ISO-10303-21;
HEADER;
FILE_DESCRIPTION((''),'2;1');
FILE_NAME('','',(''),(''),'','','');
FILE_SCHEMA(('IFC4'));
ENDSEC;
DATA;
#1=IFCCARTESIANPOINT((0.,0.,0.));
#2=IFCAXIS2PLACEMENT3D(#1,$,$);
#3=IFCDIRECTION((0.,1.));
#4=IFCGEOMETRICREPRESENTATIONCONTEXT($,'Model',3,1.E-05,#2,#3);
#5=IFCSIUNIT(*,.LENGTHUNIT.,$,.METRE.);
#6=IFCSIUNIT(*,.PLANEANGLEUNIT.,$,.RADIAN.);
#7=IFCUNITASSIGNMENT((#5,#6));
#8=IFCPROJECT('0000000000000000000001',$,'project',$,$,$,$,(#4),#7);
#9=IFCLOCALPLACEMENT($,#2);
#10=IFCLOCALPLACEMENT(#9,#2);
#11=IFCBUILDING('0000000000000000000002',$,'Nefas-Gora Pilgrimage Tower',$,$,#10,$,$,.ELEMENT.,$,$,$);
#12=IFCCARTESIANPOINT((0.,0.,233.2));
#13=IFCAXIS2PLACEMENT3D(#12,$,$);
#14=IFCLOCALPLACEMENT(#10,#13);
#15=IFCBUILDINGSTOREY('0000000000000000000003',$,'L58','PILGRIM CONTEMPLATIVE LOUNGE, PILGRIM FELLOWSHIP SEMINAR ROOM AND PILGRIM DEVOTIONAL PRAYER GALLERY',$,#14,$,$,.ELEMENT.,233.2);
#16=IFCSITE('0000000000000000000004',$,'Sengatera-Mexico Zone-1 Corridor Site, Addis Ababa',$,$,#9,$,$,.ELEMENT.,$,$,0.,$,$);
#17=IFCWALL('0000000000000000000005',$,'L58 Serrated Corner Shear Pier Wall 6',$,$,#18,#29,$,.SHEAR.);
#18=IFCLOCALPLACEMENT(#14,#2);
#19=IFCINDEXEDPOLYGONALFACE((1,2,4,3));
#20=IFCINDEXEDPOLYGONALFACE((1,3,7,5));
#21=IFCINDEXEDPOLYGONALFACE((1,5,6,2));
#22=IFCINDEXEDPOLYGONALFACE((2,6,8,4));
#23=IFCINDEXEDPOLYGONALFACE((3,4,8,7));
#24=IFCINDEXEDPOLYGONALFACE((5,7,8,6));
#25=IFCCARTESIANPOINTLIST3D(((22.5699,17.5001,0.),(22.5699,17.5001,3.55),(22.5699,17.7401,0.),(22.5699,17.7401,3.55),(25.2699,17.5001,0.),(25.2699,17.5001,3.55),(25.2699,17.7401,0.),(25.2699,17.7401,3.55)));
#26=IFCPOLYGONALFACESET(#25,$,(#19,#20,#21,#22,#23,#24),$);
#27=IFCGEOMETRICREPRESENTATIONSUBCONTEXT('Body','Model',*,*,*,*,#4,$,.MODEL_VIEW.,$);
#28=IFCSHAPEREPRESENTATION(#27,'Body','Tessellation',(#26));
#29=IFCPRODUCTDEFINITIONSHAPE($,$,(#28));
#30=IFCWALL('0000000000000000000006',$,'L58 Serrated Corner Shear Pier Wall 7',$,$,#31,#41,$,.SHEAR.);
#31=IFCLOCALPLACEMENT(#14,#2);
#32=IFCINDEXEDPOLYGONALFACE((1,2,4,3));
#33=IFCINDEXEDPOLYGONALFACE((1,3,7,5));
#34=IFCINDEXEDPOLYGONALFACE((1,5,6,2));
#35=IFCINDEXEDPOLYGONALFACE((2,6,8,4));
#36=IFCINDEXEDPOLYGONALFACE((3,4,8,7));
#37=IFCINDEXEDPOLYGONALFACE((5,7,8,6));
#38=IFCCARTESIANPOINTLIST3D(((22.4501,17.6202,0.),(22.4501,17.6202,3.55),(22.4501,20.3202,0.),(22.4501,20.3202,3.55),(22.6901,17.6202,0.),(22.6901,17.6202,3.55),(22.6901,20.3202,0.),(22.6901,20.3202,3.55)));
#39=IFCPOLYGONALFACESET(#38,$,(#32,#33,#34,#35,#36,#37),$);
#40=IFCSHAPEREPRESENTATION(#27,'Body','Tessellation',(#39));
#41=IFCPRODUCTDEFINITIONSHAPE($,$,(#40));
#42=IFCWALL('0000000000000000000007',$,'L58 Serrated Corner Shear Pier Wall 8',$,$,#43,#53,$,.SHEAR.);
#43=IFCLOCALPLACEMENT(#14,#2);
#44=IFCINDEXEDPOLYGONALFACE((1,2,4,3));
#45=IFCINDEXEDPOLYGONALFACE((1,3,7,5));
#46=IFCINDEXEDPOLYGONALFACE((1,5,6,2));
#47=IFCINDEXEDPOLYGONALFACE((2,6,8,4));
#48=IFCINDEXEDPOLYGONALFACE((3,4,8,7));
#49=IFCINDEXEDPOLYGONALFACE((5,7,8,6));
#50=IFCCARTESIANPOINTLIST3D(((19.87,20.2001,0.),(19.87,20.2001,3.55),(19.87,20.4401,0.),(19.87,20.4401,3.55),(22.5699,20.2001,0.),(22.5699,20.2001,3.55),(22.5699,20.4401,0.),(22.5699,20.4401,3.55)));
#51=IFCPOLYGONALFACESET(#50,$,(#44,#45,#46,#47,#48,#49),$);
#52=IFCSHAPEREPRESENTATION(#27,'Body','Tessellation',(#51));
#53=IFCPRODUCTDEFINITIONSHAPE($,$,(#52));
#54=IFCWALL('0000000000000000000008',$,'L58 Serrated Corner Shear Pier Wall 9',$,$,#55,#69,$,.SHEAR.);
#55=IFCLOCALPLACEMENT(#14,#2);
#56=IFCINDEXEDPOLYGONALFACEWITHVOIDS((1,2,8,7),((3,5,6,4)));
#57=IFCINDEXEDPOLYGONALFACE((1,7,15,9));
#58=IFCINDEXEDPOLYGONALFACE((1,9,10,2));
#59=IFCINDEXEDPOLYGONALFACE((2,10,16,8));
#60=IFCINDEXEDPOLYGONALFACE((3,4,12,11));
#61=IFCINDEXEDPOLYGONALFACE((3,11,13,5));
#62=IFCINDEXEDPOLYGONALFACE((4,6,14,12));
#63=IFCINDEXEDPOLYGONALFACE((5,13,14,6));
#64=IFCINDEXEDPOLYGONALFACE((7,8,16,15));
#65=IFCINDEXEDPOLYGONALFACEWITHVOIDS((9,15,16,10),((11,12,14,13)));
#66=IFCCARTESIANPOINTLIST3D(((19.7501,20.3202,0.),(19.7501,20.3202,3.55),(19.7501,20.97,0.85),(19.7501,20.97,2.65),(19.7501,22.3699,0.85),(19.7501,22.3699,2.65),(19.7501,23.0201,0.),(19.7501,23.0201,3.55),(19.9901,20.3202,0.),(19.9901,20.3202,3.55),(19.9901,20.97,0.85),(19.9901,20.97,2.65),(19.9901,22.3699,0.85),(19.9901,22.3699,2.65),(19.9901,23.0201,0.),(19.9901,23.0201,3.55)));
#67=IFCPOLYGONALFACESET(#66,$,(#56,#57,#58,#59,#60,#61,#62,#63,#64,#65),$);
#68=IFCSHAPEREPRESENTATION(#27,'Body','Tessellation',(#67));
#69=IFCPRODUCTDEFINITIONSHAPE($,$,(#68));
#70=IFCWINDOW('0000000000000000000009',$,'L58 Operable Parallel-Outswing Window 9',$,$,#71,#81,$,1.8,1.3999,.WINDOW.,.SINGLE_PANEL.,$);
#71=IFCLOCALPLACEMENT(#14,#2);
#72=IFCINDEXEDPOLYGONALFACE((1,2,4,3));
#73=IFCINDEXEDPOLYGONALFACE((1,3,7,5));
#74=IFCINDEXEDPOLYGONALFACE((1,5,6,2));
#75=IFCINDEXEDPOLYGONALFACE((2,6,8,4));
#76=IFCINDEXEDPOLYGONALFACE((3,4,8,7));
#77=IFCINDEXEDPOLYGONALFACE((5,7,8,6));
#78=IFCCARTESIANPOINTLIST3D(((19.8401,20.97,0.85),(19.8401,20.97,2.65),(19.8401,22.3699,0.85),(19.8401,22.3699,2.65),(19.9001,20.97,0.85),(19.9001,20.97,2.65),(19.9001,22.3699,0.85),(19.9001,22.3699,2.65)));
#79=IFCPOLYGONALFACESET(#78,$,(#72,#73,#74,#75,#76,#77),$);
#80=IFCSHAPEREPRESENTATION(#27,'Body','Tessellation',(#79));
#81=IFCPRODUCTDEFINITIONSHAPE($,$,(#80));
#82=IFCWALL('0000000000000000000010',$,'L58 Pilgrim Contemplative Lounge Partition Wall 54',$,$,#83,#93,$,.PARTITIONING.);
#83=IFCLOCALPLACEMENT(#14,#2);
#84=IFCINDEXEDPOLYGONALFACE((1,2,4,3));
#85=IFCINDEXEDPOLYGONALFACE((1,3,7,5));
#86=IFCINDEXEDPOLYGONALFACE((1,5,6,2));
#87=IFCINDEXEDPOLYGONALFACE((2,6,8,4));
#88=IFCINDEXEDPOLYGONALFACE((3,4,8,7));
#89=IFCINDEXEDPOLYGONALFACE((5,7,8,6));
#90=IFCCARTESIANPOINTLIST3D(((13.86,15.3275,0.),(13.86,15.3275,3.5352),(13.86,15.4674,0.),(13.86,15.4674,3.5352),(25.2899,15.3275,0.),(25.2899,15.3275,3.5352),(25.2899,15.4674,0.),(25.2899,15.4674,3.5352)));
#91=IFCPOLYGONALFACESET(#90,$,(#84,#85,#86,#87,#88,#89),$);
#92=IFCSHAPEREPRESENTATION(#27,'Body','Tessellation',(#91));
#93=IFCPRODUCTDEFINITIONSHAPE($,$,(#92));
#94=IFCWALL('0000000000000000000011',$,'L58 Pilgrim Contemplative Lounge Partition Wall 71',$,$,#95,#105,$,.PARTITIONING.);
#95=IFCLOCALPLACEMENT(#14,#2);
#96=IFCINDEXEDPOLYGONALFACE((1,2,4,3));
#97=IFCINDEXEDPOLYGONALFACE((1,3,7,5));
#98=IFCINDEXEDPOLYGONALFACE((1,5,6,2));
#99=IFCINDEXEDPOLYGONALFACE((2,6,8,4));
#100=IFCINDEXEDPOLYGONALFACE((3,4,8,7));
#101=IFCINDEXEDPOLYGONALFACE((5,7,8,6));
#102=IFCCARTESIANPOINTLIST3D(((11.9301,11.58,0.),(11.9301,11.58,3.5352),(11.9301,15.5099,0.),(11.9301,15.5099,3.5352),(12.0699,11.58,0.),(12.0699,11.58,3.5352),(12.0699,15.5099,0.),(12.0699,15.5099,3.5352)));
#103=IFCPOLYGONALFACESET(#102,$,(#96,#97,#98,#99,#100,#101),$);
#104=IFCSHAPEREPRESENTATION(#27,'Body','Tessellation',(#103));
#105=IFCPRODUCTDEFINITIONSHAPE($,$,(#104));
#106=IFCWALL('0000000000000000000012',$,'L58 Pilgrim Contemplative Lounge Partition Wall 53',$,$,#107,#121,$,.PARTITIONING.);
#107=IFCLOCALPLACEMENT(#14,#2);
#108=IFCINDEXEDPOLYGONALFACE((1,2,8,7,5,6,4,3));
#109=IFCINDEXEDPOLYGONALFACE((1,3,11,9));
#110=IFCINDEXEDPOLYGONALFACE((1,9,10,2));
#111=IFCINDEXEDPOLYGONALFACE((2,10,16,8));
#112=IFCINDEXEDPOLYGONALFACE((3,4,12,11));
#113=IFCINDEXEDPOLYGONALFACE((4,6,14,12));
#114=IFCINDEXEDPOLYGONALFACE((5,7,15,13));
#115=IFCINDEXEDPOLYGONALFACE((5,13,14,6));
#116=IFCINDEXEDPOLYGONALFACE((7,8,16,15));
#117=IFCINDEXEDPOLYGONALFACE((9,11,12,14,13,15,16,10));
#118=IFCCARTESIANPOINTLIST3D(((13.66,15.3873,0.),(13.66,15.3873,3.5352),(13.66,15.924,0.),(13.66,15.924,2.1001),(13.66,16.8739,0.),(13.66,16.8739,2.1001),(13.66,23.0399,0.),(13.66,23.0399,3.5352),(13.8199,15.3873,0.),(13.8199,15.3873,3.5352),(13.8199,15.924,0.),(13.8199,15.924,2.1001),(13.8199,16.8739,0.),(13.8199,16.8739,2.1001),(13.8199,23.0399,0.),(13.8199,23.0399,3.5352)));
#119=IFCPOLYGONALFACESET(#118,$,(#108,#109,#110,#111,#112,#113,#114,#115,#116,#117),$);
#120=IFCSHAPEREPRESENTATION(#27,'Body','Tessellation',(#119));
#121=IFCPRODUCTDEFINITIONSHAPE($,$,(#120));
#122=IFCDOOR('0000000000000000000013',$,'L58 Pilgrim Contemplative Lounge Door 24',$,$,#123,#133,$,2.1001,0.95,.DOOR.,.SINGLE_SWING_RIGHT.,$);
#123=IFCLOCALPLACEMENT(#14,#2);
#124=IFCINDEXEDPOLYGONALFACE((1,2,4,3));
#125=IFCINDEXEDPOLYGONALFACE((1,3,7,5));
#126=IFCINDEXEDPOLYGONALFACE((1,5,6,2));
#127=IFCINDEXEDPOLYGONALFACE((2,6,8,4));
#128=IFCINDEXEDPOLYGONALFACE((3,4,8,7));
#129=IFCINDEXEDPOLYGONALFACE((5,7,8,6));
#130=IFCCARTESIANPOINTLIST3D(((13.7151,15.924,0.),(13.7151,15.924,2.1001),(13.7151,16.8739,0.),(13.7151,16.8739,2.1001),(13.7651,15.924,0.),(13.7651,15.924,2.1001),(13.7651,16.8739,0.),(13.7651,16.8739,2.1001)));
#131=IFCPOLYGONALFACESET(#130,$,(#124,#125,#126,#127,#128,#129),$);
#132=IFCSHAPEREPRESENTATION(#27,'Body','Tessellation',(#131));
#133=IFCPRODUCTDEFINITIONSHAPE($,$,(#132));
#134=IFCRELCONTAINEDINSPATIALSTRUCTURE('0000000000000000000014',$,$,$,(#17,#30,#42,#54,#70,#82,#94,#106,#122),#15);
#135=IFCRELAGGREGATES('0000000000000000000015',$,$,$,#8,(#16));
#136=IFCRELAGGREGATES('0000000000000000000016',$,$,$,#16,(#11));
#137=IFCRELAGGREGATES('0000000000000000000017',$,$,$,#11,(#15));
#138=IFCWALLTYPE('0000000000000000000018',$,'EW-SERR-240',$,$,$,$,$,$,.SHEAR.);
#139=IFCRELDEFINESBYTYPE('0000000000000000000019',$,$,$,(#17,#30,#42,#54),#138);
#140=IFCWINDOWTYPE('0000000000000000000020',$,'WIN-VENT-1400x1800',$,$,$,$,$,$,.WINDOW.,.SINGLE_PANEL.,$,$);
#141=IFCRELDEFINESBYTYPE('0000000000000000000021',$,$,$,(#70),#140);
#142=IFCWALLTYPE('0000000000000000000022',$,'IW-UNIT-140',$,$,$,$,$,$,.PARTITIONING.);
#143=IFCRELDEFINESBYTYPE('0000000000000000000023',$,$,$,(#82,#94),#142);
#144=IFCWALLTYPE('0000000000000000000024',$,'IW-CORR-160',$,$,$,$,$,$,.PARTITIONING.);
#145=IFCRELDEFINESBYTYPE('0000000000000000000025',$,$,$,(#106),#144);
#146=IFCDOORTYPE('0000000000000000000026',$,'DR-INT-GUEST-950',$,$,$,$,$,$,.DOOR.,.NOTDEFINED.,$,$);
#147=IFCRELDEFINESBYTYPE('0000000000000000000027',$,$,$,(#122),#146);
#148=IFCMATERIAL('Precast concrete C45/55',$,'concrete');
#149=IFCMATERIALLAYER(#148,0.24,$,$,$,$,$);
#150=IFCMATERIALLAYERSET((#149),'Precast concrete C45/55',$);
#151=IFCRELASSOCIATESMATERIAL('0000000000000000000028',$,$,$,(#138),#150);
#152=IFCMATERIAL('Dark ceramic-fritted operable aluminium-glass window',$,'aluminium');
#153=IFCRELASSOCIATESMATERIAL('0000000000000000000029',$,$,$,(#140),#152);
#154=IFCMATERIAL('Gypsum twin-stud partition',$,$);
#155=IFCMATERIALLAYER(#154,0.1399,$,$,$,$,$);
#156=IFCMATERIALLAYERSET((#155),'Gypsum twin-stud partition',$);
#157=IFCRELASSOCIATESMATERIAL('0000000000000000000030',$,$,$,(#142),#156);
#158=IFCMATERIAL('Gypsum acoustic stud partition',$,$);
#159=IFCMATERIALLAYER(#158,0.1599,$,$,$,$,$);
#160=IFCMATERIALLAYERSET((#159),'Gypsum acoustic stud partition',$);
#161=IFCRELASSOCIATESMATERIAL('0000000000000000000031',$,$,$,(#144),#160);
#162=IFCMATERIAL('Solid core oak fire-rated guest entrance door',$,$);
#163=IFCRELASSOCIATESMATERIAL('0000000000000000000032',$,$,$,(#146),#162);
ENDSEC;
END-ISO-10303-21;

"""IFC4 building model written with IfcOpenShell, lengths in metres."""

from ifc_helpers import new_model, si_unit, direction, frame, frame_2d, origin, place, context, subcontext, project, spatial, rectangle, extrude, source, transform, mapped, material, layer, layer_set, type_object, element, fill, save


model = new_model("IFC4")

# Units and contexts
model_context = context("Model", 3, precision=1e-05, world=origin(), true_north=direction((0.0, 1.0)))
body_context = subcontext(model_context, "Body", "Model", "MODEL_VIEW")
ifc_project = project(units=[si_unit("LENGTHUNIT", "METRE"), si_unit("PLANEANGLEUNIT", "RADIAN")], contexts=[model_context])

# Site, building, storey
site_placement = place(None, origin())
site = spatial("IfcSite", under=ifc_project, at=site_placement, Name="Sengatera-Mexico Zone-1 Corridor Site, Addis Ababa", CompositionType="ELEMENT", RefElevation=0.0)
building_placement = place(site_placement, origin())
building = spatial("IfcBuilding", under=site, at=building_placement, Name="Nefas-Gora Pilgrimage Tower", CompositionType="ELEMENT")
storey_placement = place(building_placement, frame((0.0, 0.0, 233.2)))
storey = spatial("IfcBuildingStorey", under=building, at=storey_placement, Name="L58", Description="PILGRIM CONTEMPLATIVE LOUNGE, PILGRIM FELLOWSHIP SEMINAR ROOM AND PILGRIM DEVOTIONAL PRAYER GALLERY", CompositionType="ELEMENT", Elevation=233.2)

# Walls
ifc_material_1 = material(Name="Precast concrete C45/55", Category="concrete")
ifc_layer_1 = layer(ifc_material_1, 0.24)
ifc_layer_set_1 = layer_set([ifc_layer_1], Name="Precast concrete C45/55")
wall_type_1 = type_object("IfcWallType", Name="EW-SERR-240", PredefinedType="SHEAR", material=ifc_layer_set_1)
shared_shape_1 = source(origin(), body_context, "Body", "SweptSolid", [
    extrude(rectangle(XDim=2.7, YDim=0.24, at=frame_2d((1.3501, 0.0))), origin(), (0.0, 0.0, 1.0), 3.55),
])
for number, where, z_axis, x_axis, name in (
    (1, (25.27, 17.6201, 0.0), (0.0, 0.0, 1.0), (-1.0, 0.0, 0.0), "L58 Serrated Corner Shear Pier Wall 6"),
    (2, (22.5701, 17.6201, 0.0), (0.0, 0.0, 1.0), (0.0, 1.0, 0.0), "L58 Serrated Corner Shear Pier Wall 7"),
    (3, (22.5701, 20.3201, 0.0), (0.0, 0.0, 1.0), (-1.0, 0.0, 0.0), "L58 Serrated Corner Shear Pier Wall 8"),
):
    element("IfcWall", number, at=place(storey_placement, frame(where, z_axis=z_axis, x_axis=x_axis)), inside=storey, type_object=wall_type_1, Name=name, PredefinedType="SHEAR", context=body_context, shape_type="MappedRepresentation", body=[
        mapped(shared_shape_1, transform((0.0, 0.0, 0.0), x_axis=(1.0, 0.0, 0.0), y_axis=(0.0, 1.0, 0.0), z_axis=(0.0, 0.0, 1.0), scale=1.0)),
    ])

# Wall, opening, window
wall_1_placement = place(storey_placement, frame((19.8701, 20.3201, 0.0), z_axis=(0.0, 0.0, 1.0), x_axis=(0.0, 1.0, 0.0)))
wall_1 = element("IfcWall", 4, at=wall_1_placement, inside=storey, type_object=wall_type_1, Name="L58 Serrated Corner Shear Pier Wall 9", PredefinedType="SHEAR", context=body_context, shape_type="MappedRepresentation", body=[
    mapped(shared_shape_1, transform((0.0, 0.0, 0.0), x_axis=(1.0, 0.0, 0.0), y_axis=(0.0, 1.0, 0.0), z_axis=(0.0, 0.0, 1.0), scale=1.0)),
])
opening_1_placement = place(wall_1_placement, frame((0.6499, 0.0, 0.8501)))
opening_1 = element("IfcOpeningElement", 5, at=opening_1_placement, cuts=wall_1, PredefinedType="OPENING", context=body_context, shape_type="SweptSolid", body=[
    extrude(rectangle(XDim=1.3999, YDim=1.8, at=frame_2d((0.7, 0.8999))), frame((0.0, 0.1299, 0.0), z_axis=(0.0, -1.0, 0.0), x_axis=(1.0, 0.0, 0.0)), (0.0, 0.0, 1.0), 0.26),
])
ifc_material_2 = material(Name="Dark ceramic-fritted operable aluminium-glass window", Category="aluminium")
window_type = type_object("IfcWindowType", Name="WIN-VENT-1400x1800", PartitioningType="SINGLE_PANEL", PredefinedType="WINDOW", material=ifc_material_2)
shared_shape_2 = source(origin(), body_context, "Body", "SweptSolid", [
    extrude(rectangle(XDim=1.3999, YDim=1.8, at=frame_2d((0.7, 0.8999))), frame((0.0, 0.03, 0.0), z_axis=(0.0, -1.0, 0.0), x_axis=(1.0, 0.0, 0.0)), (0.0, 0.0, 1.0), 0.0601),
])
window_placement = place(opening_1_placement, origin())
window = element("IfcWindow", 6, at=window_placement, inside=storey, type_object=window_type, Name="L58 Operable Parallel-Outswing Window 9", OverallHeight=1.8, OverallWidth=1.3999, PartitioningType="SINGLE_PANEL", PredefinedType="WINDOW", context=body_context, shape_type="MappedRepresentation", body=[
    mapped(shared_shape_2, transform((0.0, 0.0, 0.0), x_axis=(1.0, 0.0, 0.0), y_axis=(0.0, 1.0, 0.0), z_axis=(0.0, 0.0, 1.0), scale=1.0)),
])
fill(opening_1, window)

# Walls
ifc_material_3 = material(Name="Gypsum twin-stud partition")
ifc_layer_2 = layer(ifc_material_3, 0.1399)
ifc_layer_set_2 = layer_set([ifc_layer_2], Name="Gypsum twin-stud partition")
wall_type_2 = type_object("IfcWallType", Name="IW-UNIT-140", PredefinedType="PARTITIONING", material=ifc_layer_set_2)
shared_shape_3 = source(origin(), body_context, "Body", "SweptSolid", [
    extrude(rectangle(XDim=11.4299, YDim=0.1399, at=frame_2d((5.7148, 0.0))), origin(), (0.0, 0.0, 1.0), 3.5352),
])
wall_2_placement = place(storey_placement, frame((13.8601, 15.3975, 0.0), z_axis=(0.0, 0.0, 1.0), x_axis=(1.0, 0.0, 0.0)))
element("IfcWall", 7, at=wall_2_placement, inside=storey, type_object=wall_type_2, Name="L58 Pilgrim Contemplative Lounge Partition Wall 54", PredefinedType="PARTITIONING", context=body_context, shape_type="MappedRepresentation", body=[
    mapped(shared_shape_3, transform((0.0, 0.0, 0.0), x_axis=(1.0, 0.0, 0.0), y_axis=(0.0, 1.0, 0.0), z_axis=(0.0, 0.0, 1.0), scale=1.0)),
])
shared_shape_4 = source(origin(), body_context, "Body", "SweptSolid", [
    extrude(rectangle(XDim=3.9299, YDim=0.1399, at=frame_2d((1.9648, 0.0))), origin(), (0.0, 0.0, 1.0), 3.5352),
])
wall_3_placement = place(storey_placement, frame((12.0, 11.5801, 0.0), z_axis=(0.0, 0.0, 1.0), x_axis=(0.0, 1.0, 0.0)))
element("IfcWall", 8, at=wall_3_placement, inside=storey, type_object=wall_type_2, Name="L58 Pilgrim Contemplative Lounge Partition Wall 71", PredefinedType="PARTITIONING", context=body_context, shape_type="MappedRepresentation", body=[
    mapped(shared_shape_4, transform((0.0, 0.0, 0.0), x_axis=(1.0, 0.0, 0.0), y_axis=(0.0, 1.0, 0.0), z_axis=(0.0, 0.0, 1.0), scale=1.0)),
])

# Wall, opening, door
ifc_material_4 = material(Name="Gypsum acoustic stud partition")
ifc_layer_3 = layer(ifc_material_4, 0.1599)
ifc_layer_set_3 = layer_set([ifc_layer_3], Name="Gypsum acoustic stud partition")
wall_type_3 = type_object("IfcWallType", Name="IW-CORR-160", PredefinedType="PARTITIONING", material=ifc_layer_set_3)
shared_shape_5 = source(origin(), body_context, "Body", "SweptSolid", [
    extrude(rectangle(XDim=7.6526, YDim=0.1599, at=frame_2d((3.8262, 0.0))), origin(), (0.0, 0.0, 1.0), 3.5352),
])
wall_4_placement = place(storey_placement, frame((13.74, 15.3875, 0.0), z_axis=(0.0, 0.0, 1.0), x_axis=(0.0, 1.0, 0.0)))
wall_4 = element("IfcWall", 9, at=wall_4_placement, inside=storey, type_object=wall_type_3, Name="L58 Pilgrim Contemplative Lounge Partition Wall 53", PredefinedType="PARTITIONING", context=body_context, shape_type="MappedRepresentation", body=[
    mapped(shared_shape_5, transform((0.0, 0.0, 0.0), x_axis=(1.0, 0.0, 0.0), y_axis=(0.0, 1.0, 0.0), z_axis=(0.0, 0.0, 1.0), scale=1.0)),
])
opening_2_placement = place(wall_4_placement, frame((0.5364, 0.0, 0.0)))
opening_2 = element("IfcOpeningElement", 10, at=opening_2_placement, cuts=wall_4, PredefinedType="OPENING", context=body_context, shape_type="SweptSolid", body=[
    extrude(rectangle(XDim=0.95, YDim=2.1001, at=frame_2d((0.4751, 1.05))), frame((0.0, 0.0898, 0.0), z_axis=(0.0, -1.0, 0.0), x_axis=(1.0, 0.0, 0.0)), (0.0, 0.0, 1.0), 0.1799),
])
ifc_material_5 = material(Name="Solid core oak fire-rated guest entrance door")
door_type = type_object("IfcDoorType", Name="DR-INT-GUEST-950", OperationType="NOTDEFINED", PredefinedType="DOOR", material=ifc_material_5)
shared_shape_6 = source(origin(), body_context, "Body", "SweptSolid", [
    extrude(rectangle(XDim=0.95, YDim=2.1001, at=frame_2d((0.4751, 1.05))), frame((0.0, 0.0249, 0.0), z_axis=(0.0, -1.0, 0.0), x_axis=(1.0, 0.0, 0.0)), (0.0, 0.0, 1.0), 0.05),
])
door_placement = place(opening_2_placement, origin())
door = element("IfcDoor", 11, at=door_placement, inside=storey, type_object=door_type, Name="L58 Pilgrim Contemplative Lounge Door 24", OperationType="SINGLE_SWING_RIGHT", OverallHeight=2.1001, OverallWidth=0.95, PredefinedType="DOOR", context=body_context, shape_type="MappedRepresentation", body=[
    mapped(shared_shape_6, transform((0.0, 0.0, 0.0), x_axis=(1.0, 0.0, 0.0), y_axis=(0.0, 1.0, 0.0), z_axis=(0.0, 0.0, 1.0), scale=1.0)),
])
fill(opening_2, door)

save(model, "model.ifc")
